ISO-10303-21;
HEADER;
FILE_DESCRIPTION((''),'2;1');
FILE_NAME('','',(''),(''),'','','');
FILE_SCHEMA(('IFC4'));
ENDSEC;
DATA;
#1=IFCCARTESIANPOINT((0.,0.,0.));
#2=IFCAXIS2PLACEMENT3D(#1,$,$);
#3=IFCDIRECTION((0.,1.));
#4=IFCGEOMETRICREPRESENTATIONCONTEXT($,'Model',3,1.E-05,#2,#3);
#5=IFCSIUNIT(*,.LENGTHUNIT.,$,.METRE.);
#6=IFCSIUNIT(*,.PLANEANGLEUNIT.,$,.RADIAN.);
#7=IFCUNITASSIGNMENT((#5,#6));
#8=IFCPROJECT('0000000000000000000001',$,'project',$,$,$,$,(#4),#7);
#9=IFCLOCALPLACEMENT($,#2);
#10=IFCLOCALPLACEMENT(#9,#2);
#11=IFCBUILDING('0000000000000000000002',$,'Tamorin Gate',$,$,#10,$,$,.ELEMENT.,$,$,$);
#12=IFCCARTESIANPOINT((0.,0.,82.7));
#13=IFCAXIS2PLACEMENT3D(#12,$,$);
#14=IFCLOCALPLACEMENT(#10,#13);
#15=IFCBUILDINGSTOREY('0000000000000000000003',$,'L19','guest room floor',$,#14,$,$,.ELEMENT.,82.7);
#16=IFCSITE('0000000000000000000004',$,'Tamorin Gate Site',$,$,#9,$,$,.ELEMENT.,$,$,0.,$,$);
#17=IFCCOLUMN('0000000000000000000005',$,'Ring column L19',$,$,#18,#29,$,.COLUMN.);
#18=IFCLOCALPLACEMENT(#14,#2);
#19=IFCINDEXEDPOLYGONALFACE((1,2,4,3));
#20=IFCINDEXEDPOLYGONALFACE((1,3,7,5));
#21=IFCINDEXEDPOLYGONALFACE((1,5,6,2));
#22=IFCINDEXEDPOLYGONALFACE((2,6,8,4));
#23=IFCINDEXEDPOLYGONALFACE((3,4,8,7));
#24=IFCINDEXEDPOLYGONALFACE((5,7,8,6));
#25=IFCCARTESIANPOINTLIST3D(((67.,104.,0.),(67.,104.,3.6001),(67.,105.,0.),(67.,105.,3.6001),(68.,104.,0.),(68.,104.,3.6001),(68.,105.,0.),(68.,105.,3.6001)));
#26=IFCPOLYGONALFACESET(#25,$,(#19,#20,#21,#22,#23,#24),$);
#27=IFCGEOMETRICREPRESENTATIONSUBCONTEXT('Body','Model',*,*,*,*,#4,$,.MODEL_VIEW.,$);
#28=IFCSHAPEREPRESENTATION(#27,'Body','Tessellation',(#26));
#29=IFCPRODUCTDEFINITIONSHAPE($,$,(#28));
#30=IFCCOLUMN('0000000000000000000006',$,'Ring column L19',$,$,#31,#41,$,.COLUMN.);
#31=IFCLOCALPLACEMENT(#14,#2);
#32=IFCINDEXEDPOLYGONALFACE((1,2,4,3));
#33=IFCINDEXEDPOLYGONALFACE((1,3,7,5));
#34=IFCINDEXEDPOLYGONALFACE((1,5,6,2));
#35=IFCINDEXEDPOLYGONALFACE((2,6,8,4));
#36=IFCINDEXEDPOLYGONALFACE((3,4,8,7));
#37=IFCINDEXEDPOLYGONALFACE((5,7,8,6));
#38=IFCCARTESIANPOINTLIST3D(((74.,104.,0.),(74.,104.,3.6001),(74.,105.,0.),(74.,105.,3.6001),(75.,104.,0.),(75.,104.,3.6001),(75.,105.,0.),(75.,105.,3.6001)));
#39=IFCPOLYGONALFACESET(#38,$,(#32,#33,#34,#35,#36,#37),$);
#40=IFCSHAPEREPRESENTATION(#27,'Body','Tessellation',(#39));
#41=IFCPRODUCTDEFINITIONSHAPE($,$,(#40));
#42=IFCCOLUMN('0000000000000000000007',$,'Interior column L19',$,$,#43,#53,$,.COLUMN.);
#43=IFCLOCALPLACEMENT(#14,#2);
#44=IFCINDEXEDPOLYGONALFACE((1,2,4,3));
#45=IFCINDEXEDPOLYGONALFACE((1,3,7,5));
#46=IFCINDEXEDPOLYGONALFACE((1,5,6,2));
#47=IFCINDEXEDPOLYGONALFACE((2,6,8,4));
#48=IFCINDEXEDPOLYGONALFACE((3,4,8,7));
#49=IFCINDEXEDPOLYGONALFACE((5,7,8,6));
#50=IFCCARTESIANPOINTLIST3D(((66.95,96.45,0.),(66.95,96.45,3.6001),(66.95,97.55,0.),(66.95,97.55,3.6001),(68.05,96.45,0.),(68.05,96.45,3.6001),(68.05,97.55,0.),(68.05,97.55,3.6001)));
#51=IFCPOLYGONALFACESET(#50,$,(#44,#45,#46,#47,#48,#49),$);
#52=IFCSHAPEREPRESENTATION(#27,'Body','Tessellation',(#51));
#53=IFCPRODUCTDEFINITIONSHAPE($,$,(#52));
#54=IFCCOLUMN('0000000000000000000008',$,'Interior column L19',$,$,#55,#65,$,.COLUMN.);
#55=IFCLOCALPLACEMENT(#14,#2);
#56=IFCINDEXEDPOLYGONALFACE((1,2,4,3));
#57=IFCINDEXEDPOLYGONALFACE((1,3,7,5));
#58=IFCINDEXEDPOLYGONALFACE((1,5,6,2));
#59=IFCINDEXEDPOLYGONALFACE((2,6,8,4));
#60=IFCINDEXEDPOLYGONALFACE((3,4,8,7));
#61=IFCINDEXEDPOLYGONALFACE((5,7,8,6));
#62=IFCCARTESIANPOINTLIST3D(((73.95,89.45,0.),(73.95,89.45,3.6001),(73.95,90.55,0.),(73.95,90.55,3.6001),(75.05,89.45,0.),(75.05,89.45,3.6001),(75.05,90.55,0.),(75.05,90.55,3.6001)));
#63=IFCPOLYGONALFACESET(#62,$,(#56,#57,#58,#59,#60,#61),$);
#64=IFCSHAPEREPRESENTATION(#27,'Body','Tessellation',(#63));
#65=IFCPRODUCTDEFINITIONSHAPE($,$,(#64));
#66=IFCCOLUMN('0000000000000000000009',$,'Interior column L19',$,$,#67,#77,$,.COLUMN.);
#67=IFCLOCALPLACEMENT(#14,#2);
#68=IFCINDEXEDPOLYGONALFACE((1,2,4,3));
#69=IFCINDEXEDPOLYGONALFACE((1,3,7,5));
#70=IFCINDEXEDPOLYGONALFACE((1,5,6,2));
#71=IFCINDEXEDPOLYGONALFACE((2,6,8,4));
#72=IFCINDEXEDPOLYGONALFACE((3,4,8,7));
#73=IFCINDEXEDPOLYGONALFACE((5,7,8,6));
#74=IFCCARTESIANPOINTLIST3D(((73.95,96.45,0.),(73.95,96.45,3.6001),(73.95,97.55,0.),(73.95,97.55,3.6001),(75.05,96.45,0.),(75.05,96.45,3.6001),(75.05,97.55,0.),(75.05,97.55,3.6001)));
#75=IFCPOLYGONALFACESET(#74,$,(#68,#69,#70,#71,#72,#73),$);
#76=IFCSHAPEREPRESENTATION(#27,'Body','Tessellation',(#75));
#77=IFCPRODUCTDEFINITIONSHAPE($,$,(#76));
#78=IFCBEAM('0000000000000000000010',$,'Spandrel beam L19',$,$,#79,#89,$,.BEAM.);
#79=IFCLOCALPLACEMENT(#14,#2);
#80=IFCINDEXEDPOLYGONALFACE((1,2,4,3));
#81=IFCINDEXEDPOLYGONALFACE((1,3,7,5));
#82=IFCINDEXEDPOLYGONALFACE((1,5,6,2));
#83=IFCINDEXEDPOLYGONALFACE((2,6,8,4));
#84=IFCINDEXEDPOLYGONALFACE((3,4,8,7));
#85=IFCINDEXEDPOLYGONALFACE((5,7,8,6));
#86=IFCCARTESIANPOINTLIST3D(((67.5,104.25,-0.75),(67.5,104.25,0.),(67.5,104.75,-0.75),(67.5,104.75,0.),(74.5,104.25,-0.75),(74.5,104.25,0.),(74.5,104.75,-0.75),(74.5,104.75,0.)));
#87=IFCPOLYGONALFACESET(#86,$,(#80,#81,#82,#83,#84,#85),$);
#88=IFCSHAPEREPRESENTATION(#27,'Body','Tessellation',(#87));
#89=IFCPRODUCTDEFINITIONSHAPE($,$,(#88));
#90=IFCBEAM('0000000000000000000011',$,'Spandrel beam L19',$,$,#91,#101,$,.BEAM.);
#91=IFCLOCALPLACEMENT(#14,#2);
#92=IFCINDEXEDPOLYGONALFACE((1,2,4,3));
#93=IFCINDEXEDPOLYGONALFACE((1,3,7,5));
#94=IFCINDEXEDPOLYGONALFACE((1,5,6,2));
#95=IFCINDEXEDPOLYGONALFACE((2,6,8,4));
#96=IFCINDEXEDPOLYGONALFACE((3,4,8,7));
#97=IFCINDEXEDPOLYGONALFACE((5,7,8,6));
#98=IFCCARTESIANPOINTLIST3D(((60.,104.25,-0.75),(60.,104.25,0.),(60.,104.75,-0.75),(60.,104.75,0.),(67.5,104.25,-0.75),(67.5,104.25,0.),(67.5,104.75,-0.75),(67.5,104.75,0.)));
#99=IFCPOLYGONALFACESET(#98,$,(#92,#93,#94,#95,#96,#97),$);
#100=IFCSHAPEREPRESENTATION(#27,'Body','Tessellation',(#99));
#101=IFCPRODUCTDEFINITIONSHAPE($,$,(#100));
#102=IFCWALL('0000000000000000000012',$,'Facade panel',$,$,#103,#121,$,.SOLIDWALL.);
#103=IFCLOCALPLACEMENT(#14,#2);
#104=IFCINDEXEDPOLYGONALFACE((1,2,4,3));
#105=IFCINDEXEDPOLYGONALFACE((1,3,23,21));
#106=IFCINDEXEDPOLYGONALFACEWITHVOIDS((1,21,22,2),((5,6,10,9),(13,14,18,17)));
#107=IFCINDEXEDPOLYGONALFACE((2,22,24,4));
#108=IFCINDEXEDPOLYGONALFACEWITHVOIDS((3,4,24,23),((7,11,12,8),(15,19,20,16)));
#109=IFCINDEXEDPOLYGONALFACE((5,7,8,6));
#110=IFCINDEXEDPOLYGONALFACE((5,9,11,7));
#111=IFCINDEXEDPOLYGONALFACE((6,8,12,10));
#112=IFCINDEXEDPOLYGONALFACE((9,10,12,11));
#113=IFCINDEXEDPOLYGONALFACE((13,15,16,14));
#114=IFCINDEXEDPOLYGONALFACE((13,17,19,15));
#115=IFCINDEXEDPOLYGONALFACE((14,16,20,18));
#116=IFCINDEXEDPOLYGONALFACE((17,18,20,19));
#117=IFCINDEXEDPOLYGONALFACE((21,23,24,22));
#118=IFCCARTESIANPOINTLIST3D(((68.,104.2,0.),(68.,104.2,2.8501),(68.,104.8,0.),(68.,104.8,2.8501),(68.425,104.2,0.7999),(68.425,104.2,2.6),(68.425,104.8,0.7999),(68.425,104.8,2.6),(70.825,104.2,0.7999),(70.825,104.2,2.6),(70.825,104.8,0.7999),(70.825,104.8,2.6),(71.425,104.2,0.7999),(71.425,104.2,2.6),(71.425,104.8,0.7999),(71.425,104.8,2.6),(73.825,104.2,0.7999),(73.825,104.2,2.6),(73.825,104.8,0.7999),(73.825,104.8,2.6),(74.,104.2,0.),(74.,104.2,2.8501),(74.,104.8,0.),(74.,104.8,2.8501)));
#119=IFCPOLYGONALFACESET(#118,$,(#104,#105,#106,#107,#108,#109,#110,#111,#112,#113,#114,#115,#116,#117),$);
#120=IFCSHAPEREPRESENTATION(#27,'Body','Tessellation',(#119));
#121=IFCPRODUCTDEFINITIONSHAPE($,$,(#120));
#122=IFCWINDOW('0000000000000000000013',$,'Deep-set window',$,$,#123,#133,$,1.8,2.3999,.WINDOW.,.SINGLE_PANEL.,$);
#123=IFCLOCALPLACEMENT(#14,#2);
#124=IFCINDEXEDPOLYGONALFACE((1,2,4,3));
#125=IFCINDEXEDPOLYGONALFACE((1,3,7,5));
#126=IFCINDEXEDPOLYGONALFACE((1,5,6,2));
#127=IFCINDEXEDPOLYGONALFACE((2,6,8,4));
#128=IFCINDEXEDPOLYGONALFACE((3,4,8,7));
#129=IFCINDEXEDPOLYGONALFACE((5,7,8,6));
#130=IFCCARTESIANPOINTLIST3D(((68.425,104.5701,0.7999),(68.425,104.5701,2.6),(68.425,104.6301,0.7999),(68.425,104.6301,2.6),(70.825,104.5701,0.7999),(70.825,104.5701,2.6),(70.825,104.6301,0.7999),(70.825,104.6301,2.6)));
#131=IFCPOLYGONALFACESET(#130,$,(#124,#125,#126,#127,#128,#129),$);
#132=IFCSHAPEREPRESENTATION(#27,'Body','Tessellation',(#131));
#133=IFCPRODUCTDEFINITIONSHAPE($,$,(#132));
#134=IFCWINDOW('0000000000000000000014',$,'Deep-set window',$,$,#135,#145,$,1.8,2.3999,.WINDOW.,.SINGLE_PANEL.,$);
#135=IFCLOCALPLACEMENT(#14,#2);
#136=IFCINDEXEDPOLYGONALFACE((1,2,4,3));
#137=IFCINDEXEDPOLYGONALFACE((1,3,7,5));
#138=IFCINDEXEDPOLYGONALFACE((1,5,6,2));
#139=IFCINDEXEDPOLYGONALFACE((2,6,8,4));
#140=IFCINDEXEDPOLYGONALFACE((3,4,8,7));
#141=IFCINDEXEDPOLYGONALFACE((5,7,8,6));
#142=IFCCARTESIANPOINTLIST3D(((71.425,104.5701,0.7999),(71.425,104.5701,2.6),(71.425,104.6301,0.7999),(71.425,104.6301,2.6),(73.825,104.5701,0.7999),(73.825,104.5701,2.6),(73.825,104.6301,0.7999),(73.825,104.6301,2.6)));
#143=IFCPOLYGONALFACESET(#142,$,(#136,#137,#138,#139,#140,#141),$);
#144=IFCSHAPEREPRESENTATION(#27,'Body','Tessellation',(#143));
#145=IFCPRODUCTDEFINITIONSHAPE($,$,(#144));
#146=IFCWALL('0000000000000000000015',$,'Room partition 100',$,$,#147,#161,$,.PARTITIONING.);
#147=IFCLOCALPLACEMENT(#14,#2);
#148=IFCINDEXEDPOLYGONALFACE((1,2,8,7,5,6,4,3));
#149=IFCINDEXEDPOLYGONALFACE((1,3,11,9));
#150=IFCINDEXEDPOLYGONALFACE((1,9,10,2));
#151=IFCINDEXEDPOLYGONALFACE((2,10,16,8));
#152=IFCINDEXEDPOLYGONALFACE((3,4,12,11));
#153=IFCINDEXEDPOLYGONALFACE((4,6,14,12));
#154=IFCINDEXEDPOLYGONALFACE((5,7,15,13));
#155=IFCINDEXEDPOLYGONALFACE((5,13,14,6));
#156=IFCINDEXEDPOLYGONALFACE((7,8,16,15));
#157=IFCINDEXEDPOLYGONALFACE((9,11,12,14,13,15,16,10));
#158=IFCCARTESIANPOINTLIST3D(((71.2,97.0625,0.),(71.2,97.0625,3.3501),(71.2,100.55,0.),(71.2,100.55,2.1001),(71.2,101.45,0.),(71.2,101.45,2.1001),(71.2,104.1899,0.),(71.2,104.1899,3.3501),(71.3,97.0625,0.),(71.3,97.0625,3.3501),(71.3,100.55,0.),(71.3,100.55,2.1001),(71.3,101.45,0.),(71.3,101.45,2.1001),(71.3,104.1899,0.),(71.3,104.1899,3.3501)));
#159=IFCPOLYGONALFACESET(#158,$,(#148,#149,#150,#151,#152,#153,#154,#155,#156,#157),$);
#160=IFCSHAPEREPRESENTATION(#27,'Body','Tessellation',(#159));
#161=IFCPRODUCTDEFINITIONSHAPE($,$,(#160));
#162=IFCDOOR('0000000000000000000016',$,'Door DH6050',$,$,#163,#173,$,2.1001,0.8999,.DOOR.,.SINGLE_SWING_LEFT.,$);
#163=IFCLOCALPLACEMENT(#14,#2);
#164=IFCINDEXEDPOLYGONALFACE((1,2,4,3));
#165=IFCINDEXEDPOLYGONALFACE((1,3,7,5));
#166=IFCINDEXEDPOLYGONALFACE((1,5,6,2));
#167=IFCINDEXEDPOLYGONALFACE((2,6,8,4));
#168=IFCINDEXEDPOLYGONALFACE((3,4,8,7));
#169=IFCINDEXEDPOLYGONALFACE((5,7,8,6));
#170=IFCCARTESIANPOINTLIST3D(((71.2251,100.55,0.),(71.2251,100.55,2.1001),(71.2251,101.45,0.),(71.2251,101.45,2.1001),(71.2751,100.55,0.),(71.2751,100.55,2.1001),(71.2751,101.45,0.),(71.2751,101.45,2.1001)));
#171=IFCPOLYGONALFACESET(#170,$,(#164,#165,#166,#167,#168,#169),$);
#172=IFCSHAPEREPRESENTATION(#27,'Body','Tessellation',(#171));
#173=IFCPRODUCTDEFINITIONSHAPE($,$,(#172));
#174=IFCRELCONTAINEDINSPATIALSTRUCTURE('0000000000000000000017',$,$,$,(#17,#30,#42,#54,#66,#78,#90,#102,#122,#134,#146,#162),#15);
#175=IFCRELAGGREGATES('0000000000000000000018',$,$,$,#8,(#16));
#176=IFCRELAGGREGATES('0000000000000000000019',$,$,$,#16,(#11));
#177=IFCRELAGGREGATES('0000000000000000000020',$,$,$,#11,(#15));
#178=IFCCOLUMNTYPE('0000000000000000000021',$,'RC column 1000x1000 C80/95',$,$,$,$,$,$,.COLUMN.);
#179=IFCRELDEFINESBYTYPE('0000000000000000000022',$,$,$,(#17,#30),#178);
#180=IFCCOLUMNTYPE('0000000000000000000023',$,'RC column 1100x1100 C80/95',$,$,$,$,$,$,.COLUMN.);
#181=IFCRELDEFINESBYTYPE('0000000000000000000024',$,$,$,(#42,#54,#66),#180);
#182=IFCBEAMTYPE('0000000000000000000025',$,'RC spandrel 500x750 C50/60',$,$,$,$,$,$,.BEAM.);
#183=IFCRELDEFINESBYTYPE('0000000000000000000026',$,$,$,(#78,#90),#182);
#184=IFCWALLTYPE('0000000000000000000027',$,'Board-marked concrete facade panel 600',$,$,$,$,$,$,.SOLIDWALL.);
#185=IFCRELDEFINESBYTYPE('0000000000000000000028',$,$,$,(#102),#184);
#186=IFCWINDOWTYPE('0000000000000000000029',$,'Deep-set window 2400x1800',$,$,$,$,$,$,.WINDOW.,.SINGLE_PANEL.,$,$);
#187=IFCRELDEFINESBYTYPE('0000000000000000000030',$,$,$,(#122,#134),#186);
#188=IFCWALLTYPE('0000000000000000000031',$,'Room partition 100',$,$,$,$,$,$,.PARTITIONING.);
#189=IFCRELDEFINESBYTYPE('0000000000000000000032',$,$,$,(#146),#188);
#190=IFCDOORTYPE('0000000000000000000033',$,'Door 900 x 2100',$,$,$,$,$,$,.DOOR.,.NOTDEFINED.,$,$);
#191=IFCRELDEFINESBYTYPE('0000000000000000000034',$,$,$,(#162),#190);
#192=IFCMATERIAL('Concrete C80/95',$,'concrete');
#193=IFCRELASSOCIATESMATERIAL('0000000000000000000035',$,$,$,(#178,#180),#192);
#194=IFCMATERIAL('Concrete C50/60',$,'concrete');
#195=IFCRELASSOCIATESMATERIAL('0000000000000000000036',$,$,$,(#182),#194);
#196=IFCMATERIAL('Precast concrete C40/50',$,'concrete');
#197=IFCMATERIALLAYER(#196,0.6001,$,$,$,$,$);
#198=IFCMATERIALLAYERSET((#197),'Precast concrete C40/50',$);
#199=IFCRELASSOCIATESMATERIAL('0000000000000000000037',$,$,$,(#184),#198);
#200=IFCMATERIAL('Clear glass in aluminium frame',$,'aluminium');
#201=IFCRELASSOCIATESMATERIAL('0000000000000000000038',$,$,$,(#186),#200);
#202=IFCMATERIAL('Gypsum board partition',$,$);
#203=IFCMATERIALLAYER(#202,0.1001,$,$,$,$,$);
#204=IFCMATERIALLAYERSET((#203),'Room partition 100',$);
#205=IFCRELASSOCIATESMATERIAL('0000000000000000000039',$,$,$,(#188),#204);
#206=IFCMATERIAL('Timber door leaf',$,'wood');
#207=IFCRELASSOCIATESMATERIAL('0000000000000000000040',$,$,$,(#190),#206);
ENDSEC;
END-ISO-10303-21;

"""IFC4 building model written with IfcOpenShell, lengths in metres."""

from ifc_helpers import new_model, si_unit, direction, frame, frame_2d, origin, origin_2d, place, context, subcontext, project, spatial, rectangle, extrude, material, layer, layer_set, material_profile, profile_set, type_object, element, fill, save


model = new_model("IFC4")

# Units and contexts
model_context = context("Model", 3, precision=1e-05, world=origin(), true_north=direction((0.0, 1.0)))
body_context = subcontext(model_context, "Body", "Model", "MODEL_VIEW")
ifc_project = project(units=[si_unit("LENGTHUNIT", "METRE"), si_unit("PLANEANGLEUNIT", "RADIAN")], contexts=[model_context])

# Site, building, storey
site_placement = place(None, origin())
site = spatial("IfcSite", under=ifc_project, at=site_placement, Name="Tamorin Gate Site", CompositionType="ELEMENT", RefElevation=0.0)
building_placement = place(site_placement, origin())
building = spatial("IfcBuilding", under=site, at=building_placement, Name="Tamorin Gate", CompositionType="ELEMENT")
storey_placement = place(building_placement, frame((0.0, 0.0, 82.7)))
storey = spatial("IfcBuildingStorey", under=building, at=storey_placement, Name="L19", Description="guest room floor", CompositionType="ELEMENT", Elevation=82.7)

# Columns
ifc_material_1 = material(Name="Concrete C80/95", Category="concrete")
ifc_material_profile_1 = material_profile(ifc_material_1, rectangle(XDim=1.0, YDim=1.0, at=origin_2d()), Name="RC 1000x1000")
ifc_profile_set_1 = profile_set([ifc_material_profile_1], Name="Concrete C80/95")
column_type_1 = type_object("IfcColumnType", Name="RC column 1000x1000 C80/95", PredefinedType="COLUMN", material=ifc_profile_set_1)
for number, where, z_axis, x_axis, name in (
    (1, (67.5, 104.5, 0.0), (0.0, 0.0, 1.0), (1.0, 0.0, 0.0), "Ring column L19"),
    (2, (74.5, 104.5, 0.0), (0.0, 0.0, 1.0), (1.0, 0.0, 0.0), "Ring column L19"),
):
    element("IfcColumn", number, at=place(storey_placement, frame(where, z_axis=z_axis, x_axis=x_axis)), inside=storey, type_object=column_type_1, Name=name, PredefinedType="COLUMN", context=body_context, shape_type="SweptSolid", body=[
        extrude(rectangle(XDim=1.0, YDim=1.0, at=origin_2d()), origin(), (0.0, 0.0, 1.0), 3.6001),
    ])
ifc_material_profile_2 = material_profile(ifc_material_1, rectangle(XDim=1.1001, YDim=1.1001, at=origin_2d()), Name="RC 1100x1100")
ifc_profile_set_2 = profile_set([ifc_material_profile_2], Name="Concrete C80/95")
column_type_2 = type_object("IfcColumnType", Name="RC column 1100x1100 C80/95", PredefinedType="COLUMN", material=ifc_profile_set_2)
for number, where, z_axis, x_axis, name in (
    (3, (67.5, 97.0, 0.0), (0.0, 0.0, 1.0), (1.0, 0.0, 0.0), "Interior column L19"),
    (4, (74.5, 90.0, 0.0), (0.0, 0.0, 1.0), (1.0, 0.0, 0.0), "Interior column L19"),
    (5, (74.5, 97.0, 0.0), (0.0, 0.0, 1.0), (1.0, 0.0, 0.0), "Interior column L19"),
):
    element("IfcColumn", number, at=place(storey_placement, frame(where, z_axis=z_axis, x_axis=x_axis)), inside=storey, type_object=column_type_2, Name=name, PredefinedType="COLUMN", context=body_context, shape_type="SweptSolid", body=[
        extrude(rectangle(XDim=1.1001, YDim=1.1001, at=origin_2d()), origin(), (0.0, 0.0, 1.0), 3.6001),
    ])

# Beams
ifc_material_2 = material(Name="Concrete C50/60", Category="concrete")
ifc_material_profile_3 = material_profile(ifc_material_2, rectangle(XDim=0.5, YDim=0.75, at=origin_2d()), Name="RC 500x750")
ifc_profile_set_3 = profile_set([ifc_material_profile_3], Name="Concrete C50/60")
beam_type = type_object("IfcBeamType", Name="RC spandrel 500x750 C50/60", PredefinedType="BEAM", material=ifc_profile_set_3)
beam_1_placement = place(storey_placement, frame((74.5, 104.5, -0.375), z_axis=(-1.0, 0.0, 0.0), x_axis=(0.0, -1.0, 0.0)))
element("IfcBeam", 6, at=beam_1_placement, inside=storey, type_object=beam_type, Name="Spandrel beam L19", PredefinedType="BEAM", context=body_context, shape_type="SweptSolid", body=[
    extrude(rectangle(XDim=0.5, YDim=0.75, at=origin_2d()), origin(), (0.0, 0.0, 1.0), 7.0),
])
beam_2_placement = place(storey_placement, frame((67.5, 104.5, -0.375), z_axis=(-1.0, 0.0, 0.0), x_axis=(0.0, -1.0, 0.0)))
element("IfcBeam", 7, at=beam_2_placement, inside=storey, type_object=beam_type, Name="Spandrel beam L19", PredefinedType="BEAM", context=body_context, shape_type="SweptSolid", body=[
    extrude(rectangle(XDim=0.5, YDim=0.75, at=origin_2d()), origin(), (0.0, 0.0, 1.0), 7.5),
])

# Wall, openings, windows
ifc_material_3 = material(Name="Precast concrete C40/50", Category="concrete")
ifc_layer_1 = layer(ifc_material_3, 0.6001)
ifc_layer_set_1 = layer_set([ifc_layer_1], Name="Precast concrete C40/50")
wall_type_1 = type_object("IfcWallType", Name="Board-marked concrete facade panel 600", PredefinedType="SOLIDWALL", material=ifc_layer_set_1)
wall_1_placement = place(storey_placement, frame((74.0, 104.5, 0.0), z_axis=(0.0, 0.0, 1.0), x_axis=(-1.0, 0.0, 0.0)))
wall_1 = element("IfcWall", 8, at=wall_1_placement, inside=storey, type_object=wall_type_1, Name="Facade panel", PredefinedType="SOLIDWALL", context=body_context, shape_type="SweptSolid", body=[
    extrude(rectangle(XDim=6.0, YDim=0.6001, at=frame_2d((3.0, 0.0))), origin(), (0.0, 0.0, 1.0), 2.8501),
])
opening_1_placement = place(wall_1_placement, frame((3.175, 0.0, 0.8)))
opening_1 = element("IfcOpeningElement", 9, at=opening_1_placement, cuts=wall_1, PredefinedType="OPENING", context=body_context, shape_type="SweptSolid", body=[
    extrude(rectangle(XDim=2.3999, YDim=1.8, at=frame_2d((1.2, 0.8999))), frame((0.0, 0.3101, 0.0), z_axis=(0.0, -1.0, 0.0), x_axis=(1.0, 0.0, 0.0)), (0.0, 0.0, 1.0), 0.6201),
])
opening_2_placement = place(wall_1_placement, frame((0.175, 0.0, 0.8)))
opening_2 = element("IfcOpeningElement", 10, at=opening_2_placement, cuts=wall_1, PredefinedType="OPENING", context=body_context, shape_type="SweptSolid", body=[
    extrude(rectangle(XDim=2.3999, YDim=1.8, at=frame_2d((1.2, 0.8999))), frame((0.0, 0.3101, 0.0), z_axis=(0.0, -1.0, 0.0), x_axis=(1.0, 0.0, 0.0)), (0.0, 0.0, 1.0), 0.6201),
])
ifc_material_4 = material(Name="Clear glass in aluminium frame", Category="aluminium")
window_type = type_object("IfcWindowType", Name="Deep-set window 2400x1800", PartitioningType="SINGLE_PANEL", PredefinedType="WINDOW", material=ifc_material_4)
window_1_placement = place(opening_1_placement, origin())
window_1 = element("IfcWindow", 11, at=window_1_placement, inside=storey, type_object=window_type, Name="Deep-set window", OverallHeight=1.8, OverallWidth=2.3999, PartitioningType="SINGLE_PANEL", PredefinedType="WINDOW", context=body_context, shape_type="SweptSolid", body=[
    extrude(rectangle(XDim=2.3999, YDim=1.8, at=frame_2d((1.2, 0.8999))), frame((0.0, -0.0701, 0.0), z_axis=(0.0, -1.0, 0.0), x_axis=(1.0, 0.0, 0.0)), (0.0, 0.0, 1.0), 0.0601),
])
fill(opening_1, window_1)
window_2_placement = place(opening_2_placement, origin())
window_2 = element("IfcWindow", 12, at=window_2_placement, inside=storey, type_object=window_type, Name="Deep-set window", OverallHeight=1.8, OverallWidth=2.3999, PartitioningType="SINGLE_PANEL", PredefinedType="WINDOW", context=body_context, shape_type="SweptSolid", body=[
    extrude(rectangle(XDim=2.3999, YDim=1.8, at=frame_2d((1.2, 0.8999))), frame((0.0, -0.0701, 0.0), z_axis=(0.0, -1.0, 0.0), x_axis=(1.0, 0.0, 0.0)), (0.0, 0.0, 1.0), 0.0601),
])
fill(opening_2, window_2)

# Wall, opening, door
ifc_material_5 = material(Name="Gypsum board partition")
ifc_layer_2 = layer(ifc_material_5, 0.1001)
ifc_layer_set_2 = layer_set([ifc_layer_2], Name="Room partition 100")
wall_type_2 = type_object("IfcWallType", Name="Room partition 100", PredefinedType="PARTITIONING", material=ifc_layer_set_2)
wall_2_placement = place(storey_placement, frame((71.25, 97.0625, 0.0), z_axis=(0.0, 0.0, 1.0), x_axis=(0.0, 1.0, 0.0)))
wall_2 = element("IfcWall", 13, at=wall_2_placement, inside=storey, type_object=wall_type_2, Name="Room partition 100", PredefinedType="PARTITIONING", context=body_context, shape_type="SweptSolid", body=[
    extrude(rectangle(XDim=7.1274, YDim=0.1001, at=frame_2d((3.5637, 0.0))), origin(), (0.0, 0.0, 1.0), 3.3501),
])
opening_3_placement = place(wall_2_placement, frame((3.4875, 0.0, 0.0)))
opening_3 = element("IfcOpeningElement", 14, at=opening_3_placement, cuts=wall_2, PredefinedType="OPENING", context=body_context, shape_type="SweptSolid", body=[
    extrude(rectangle(XDim=0.8999, YDim=2.1001, at=frame_2d((0.45, 1.05))), frame((0.0, 0.0601, 0.0), z_axis=(0.0, -1.0, 0.0), x_axis=(1.0, 0.0, 0.0)), (0.0, 0.0, 1.0), 0.1201),
])
ifc_material_6 = material(Name="Timber door leaf", Category="wood")
door_type = type_object("IfcDoorType", Name="Door 900 x 2100", OperationType="NOTDEFINED", PredefinedType="DOOR", material=ifc_material_6)
door_1_placement = place(opening_3_placement, origin())
door_1 = element("IfcDoor", 15, at=door_1_placement, inside=storey, type_object=door_type, Name="Door DH6050", OperationType="SINGLE_SWING_LEFT", OverallHeight=2.1001, OverallWidth=0.8999, PredefinedType="DOOR", context=body_context, shape_type="SweptSolid", body=[
    extrude(rectangle(XDim=0.8999, YDim=2.1001, at=frame_2d((0.45, 1.05))), frame((0.0, 0.0249, 0.0), z_axis=(0.0, -1.0, 0.0), x_axis=(1.0, 0.0, 0.0)), (0.0, 0.0, 1.0), 0.05),
])
fill(opening_3, door_1)

save(model, "model.ifc")
